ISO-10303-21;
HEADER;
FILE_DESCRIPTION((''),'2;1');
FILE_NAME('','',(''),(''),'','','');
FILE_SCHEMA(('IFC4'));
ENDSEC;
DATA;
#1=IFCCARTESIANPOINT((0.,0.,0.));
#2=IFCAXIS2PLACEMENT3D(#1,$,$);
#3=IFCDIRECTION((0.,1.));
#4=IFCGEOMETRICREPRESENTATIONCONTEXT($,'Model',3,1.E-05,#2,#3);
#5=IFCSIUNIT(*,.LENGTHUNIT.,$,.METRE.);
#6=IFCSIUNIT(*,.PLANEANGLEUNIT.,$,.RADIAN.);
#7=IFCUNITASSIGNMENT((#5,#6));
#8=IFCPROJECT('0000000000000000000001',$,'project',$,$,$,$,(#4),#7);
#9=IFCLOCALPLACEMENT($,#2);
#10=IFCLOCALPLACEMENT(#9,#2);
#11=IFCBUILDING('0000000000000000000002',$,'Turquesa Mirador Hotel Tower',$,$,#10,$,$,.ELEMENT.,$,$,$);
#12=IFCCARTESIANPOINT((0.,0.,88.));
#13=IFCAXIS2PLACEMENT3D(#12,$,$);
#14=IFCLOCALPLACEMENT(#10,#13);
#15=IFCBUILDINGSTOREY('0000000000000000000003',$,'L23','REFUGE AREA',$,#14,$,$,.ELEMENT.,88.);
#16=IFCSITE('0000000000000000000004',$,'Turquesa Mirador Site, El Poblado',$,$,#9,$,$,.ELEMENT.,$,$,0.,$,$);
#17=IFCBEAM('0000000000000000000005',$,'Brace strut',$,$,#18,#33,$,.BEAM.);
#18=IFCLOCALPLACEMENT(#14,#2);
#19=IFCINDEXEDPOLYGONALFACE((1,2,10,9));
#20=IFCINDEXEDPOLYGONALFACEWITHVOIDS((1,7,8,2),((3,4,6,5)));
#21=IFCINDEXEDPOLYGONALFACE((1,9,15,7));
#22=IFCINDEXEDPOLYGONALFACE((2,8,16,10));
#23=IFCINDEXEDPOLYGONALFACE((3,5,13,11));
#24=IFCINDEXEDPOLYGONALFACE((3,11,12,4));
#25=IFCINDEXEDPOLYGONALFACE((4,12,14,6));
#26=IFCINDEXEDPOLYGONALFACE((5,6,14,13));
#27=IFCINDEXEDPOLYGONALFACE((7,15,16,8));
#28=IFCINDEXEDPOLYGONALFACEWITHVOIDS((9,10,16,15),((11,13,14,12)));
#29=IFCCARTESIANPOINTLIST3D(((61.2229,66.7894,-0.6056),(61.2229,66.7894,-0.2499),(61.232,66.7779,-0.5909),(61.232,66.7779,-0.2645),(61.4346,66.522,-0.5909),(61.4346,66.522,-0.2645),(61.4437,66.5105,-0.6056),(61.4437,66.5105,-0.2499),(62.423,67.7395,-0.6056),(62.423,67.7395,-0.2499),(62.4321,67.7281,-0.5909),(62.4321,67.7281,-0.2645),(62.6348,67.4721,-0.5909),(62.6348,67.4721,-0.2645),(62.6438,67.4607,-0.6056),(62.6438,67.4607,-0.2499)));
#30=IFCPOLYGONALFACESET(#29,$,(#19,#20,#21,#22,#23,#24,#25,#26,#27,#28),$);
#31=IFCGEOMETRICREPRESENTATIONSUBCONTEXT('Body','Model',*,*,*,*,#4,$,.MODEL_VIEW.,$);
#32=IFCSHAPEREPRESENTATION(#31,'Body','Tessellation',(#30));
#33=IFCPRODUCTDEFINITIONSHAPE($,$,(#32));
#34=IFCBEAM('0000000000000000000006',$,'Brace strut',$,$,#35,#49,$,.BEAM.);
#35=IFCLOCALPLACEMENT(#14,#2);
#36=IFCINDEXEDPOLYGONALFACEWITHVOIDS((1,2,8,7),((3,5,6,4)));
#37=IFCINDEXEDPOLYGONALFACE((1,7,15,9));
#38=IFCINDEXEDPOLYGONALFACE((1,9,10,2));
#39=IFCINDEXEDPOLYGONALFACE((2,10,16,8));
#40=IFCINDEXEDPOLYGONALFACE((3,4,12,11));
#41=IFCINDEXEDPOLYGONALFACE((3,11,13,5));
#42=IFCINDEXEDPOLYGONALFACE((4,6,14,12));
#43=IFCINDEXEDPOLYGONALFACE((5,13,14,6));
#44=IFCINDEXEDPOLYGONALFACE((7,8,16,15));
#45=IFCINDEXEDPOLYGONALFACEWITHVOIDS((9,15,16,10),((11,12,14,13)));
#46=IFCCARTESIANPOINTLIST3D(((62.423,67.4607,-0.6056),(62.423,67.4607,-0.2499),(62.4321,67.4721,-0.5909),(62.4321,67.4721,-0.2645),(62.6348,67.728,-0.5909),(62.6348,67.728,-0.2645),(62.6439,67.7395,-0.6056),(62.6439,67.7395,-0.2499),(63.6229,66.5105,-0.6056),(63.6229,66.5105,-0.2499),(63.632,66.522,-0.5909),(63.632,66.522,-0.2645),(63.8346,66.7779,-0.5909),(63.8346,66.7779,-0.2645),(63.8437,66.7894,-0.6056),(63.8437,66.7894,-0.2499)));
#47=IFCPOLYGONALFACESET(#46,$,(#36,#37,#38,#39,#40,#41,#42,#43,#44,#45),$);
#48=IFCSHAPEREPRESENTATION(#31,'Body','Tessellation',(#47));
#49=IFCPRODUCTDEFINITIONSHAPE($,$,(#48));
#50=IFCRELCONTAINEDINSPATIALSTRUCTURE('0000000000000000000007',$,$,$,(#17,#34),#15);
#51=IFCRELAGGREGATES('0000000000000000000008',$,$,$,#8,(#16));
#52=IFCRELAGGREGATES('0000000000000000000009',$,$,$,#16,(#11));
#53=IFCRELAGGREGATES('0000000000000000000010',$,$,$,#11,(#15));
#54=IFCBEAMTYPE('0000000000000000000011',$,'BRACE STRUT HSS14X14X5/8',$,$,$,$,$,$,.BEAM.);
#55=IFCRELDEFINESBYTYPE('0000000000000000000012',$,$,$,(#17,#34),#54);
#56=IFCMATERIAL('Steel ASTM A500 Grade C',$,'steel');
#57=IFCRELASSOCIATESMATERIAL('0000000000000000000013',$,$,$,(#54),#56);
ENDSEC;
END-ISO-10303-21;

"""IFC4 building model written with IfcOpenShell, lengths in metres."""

from ifc_helpers import new_model, si_unit, direction, frame, origin, origin_2d, place, context, subcontext, project, spatial, hollow_rectangle, extrude, material, material_profile, profile_set, type_object, element, save


model = new_model("IFC4")

# Units and contexts
model_context = context("Model", 3, precision=1e-05, world=origin(), true_north=direction((0.0, 1.0)))
body_context = subcontext(model_context, "Body", "Model", "MODEL_VIEW")
ifc_project = project(units=[si_unit("LENGTHUNIT", "METRE"), si_unit("PLANEANGLEUNIT", "RADIAN")], contexts=[model_context])

# Site, building, storey
site_placement = place(None, origin())
site = spatial("IfcSite", under=ifc_project, at=site_placement, Name="Turquesa Mirador Site, El Poblado", CompositionType="ELEMENT", RefElevation=0.0)
building_placement = place(site_placement, origin())
building = spatial("IfcBuilding", under=site, at=building_placement, Name="Turquesa Mirador Hotel Tower", CompositionType="ELEMENT")
storey_placement = place(building_placement, frame((0.0, 0.0, 88.0)))
storey = spatial("IfcBuildingStorey", under=building, at=storey_placement, Name="L23", Description="REFUGE AREA", CompositionType="ELEMENT", Elevation=88.0)

# Beams
ifc_material_1 = material(Name="Steel ASTM A500 Grade C", Category="steel")
ifc_material_profile_1 = material_profile(ifc_material_1, hollow_rectangle(XDim=0.3557, YDim=0.3557, WallThickness=0.0146, at=origin_2d()), Name="HSS14X14X5/8")
ifc_profile_set_1 = profile_set([ifc_material_profile_1], Name="Steel ASTM A500 Grade C")
beam_type_1 = type_object("IfcBeamType", Name="BRACE STRUT HSS14X14X5/8", PredefinedType="BEAM", material=ifc_profile_set_1)
beam_1_placement = place(storey_placement, frame((62.5334, 67.6001, -0.4277), z_axis=(-0.784033, -0.620719, 0.0), x_axis=(0.620719, -0.784033, 0.0)))
element("IfcBeam", 1, at=beam_1_placement, inside=storey, type_object=beam_type_1, Name="Brace strut", PredefinedType="BEAM", context=body_context, shape_type="SweptSolid", body=[
    extrude(hollow_rectangle(XDim=0.3557, YDim=0.3557, WallThickness=0.0146, at=origin_2d()), origin(), (0.0, 0.0, 1.0), 1.5308),
])
beam_2_placement = place(storey_placement, frame((62.5334, 67.6001, -0.4277), z_axis=(0.783971, -0.620797, 0.0), x_axis=(0.620797, 0.783971, 0.0)))
element("IfcBeam", 2, at=beam_2_placement, inside=storey, type_object=beam_type_1, Name="Brace strut", PredefinedType="BEAM", context=body_context, shape_type="SweptSolid", body=[
    extrude(hollow_rectangle(XDim=0.3557, YDim=0.3557, WallThickness=0.0146, at=origin_2d()), origin(), (0.0, 0.0, 1.0), 1.5305),
])

save(model, "model.ifc")
